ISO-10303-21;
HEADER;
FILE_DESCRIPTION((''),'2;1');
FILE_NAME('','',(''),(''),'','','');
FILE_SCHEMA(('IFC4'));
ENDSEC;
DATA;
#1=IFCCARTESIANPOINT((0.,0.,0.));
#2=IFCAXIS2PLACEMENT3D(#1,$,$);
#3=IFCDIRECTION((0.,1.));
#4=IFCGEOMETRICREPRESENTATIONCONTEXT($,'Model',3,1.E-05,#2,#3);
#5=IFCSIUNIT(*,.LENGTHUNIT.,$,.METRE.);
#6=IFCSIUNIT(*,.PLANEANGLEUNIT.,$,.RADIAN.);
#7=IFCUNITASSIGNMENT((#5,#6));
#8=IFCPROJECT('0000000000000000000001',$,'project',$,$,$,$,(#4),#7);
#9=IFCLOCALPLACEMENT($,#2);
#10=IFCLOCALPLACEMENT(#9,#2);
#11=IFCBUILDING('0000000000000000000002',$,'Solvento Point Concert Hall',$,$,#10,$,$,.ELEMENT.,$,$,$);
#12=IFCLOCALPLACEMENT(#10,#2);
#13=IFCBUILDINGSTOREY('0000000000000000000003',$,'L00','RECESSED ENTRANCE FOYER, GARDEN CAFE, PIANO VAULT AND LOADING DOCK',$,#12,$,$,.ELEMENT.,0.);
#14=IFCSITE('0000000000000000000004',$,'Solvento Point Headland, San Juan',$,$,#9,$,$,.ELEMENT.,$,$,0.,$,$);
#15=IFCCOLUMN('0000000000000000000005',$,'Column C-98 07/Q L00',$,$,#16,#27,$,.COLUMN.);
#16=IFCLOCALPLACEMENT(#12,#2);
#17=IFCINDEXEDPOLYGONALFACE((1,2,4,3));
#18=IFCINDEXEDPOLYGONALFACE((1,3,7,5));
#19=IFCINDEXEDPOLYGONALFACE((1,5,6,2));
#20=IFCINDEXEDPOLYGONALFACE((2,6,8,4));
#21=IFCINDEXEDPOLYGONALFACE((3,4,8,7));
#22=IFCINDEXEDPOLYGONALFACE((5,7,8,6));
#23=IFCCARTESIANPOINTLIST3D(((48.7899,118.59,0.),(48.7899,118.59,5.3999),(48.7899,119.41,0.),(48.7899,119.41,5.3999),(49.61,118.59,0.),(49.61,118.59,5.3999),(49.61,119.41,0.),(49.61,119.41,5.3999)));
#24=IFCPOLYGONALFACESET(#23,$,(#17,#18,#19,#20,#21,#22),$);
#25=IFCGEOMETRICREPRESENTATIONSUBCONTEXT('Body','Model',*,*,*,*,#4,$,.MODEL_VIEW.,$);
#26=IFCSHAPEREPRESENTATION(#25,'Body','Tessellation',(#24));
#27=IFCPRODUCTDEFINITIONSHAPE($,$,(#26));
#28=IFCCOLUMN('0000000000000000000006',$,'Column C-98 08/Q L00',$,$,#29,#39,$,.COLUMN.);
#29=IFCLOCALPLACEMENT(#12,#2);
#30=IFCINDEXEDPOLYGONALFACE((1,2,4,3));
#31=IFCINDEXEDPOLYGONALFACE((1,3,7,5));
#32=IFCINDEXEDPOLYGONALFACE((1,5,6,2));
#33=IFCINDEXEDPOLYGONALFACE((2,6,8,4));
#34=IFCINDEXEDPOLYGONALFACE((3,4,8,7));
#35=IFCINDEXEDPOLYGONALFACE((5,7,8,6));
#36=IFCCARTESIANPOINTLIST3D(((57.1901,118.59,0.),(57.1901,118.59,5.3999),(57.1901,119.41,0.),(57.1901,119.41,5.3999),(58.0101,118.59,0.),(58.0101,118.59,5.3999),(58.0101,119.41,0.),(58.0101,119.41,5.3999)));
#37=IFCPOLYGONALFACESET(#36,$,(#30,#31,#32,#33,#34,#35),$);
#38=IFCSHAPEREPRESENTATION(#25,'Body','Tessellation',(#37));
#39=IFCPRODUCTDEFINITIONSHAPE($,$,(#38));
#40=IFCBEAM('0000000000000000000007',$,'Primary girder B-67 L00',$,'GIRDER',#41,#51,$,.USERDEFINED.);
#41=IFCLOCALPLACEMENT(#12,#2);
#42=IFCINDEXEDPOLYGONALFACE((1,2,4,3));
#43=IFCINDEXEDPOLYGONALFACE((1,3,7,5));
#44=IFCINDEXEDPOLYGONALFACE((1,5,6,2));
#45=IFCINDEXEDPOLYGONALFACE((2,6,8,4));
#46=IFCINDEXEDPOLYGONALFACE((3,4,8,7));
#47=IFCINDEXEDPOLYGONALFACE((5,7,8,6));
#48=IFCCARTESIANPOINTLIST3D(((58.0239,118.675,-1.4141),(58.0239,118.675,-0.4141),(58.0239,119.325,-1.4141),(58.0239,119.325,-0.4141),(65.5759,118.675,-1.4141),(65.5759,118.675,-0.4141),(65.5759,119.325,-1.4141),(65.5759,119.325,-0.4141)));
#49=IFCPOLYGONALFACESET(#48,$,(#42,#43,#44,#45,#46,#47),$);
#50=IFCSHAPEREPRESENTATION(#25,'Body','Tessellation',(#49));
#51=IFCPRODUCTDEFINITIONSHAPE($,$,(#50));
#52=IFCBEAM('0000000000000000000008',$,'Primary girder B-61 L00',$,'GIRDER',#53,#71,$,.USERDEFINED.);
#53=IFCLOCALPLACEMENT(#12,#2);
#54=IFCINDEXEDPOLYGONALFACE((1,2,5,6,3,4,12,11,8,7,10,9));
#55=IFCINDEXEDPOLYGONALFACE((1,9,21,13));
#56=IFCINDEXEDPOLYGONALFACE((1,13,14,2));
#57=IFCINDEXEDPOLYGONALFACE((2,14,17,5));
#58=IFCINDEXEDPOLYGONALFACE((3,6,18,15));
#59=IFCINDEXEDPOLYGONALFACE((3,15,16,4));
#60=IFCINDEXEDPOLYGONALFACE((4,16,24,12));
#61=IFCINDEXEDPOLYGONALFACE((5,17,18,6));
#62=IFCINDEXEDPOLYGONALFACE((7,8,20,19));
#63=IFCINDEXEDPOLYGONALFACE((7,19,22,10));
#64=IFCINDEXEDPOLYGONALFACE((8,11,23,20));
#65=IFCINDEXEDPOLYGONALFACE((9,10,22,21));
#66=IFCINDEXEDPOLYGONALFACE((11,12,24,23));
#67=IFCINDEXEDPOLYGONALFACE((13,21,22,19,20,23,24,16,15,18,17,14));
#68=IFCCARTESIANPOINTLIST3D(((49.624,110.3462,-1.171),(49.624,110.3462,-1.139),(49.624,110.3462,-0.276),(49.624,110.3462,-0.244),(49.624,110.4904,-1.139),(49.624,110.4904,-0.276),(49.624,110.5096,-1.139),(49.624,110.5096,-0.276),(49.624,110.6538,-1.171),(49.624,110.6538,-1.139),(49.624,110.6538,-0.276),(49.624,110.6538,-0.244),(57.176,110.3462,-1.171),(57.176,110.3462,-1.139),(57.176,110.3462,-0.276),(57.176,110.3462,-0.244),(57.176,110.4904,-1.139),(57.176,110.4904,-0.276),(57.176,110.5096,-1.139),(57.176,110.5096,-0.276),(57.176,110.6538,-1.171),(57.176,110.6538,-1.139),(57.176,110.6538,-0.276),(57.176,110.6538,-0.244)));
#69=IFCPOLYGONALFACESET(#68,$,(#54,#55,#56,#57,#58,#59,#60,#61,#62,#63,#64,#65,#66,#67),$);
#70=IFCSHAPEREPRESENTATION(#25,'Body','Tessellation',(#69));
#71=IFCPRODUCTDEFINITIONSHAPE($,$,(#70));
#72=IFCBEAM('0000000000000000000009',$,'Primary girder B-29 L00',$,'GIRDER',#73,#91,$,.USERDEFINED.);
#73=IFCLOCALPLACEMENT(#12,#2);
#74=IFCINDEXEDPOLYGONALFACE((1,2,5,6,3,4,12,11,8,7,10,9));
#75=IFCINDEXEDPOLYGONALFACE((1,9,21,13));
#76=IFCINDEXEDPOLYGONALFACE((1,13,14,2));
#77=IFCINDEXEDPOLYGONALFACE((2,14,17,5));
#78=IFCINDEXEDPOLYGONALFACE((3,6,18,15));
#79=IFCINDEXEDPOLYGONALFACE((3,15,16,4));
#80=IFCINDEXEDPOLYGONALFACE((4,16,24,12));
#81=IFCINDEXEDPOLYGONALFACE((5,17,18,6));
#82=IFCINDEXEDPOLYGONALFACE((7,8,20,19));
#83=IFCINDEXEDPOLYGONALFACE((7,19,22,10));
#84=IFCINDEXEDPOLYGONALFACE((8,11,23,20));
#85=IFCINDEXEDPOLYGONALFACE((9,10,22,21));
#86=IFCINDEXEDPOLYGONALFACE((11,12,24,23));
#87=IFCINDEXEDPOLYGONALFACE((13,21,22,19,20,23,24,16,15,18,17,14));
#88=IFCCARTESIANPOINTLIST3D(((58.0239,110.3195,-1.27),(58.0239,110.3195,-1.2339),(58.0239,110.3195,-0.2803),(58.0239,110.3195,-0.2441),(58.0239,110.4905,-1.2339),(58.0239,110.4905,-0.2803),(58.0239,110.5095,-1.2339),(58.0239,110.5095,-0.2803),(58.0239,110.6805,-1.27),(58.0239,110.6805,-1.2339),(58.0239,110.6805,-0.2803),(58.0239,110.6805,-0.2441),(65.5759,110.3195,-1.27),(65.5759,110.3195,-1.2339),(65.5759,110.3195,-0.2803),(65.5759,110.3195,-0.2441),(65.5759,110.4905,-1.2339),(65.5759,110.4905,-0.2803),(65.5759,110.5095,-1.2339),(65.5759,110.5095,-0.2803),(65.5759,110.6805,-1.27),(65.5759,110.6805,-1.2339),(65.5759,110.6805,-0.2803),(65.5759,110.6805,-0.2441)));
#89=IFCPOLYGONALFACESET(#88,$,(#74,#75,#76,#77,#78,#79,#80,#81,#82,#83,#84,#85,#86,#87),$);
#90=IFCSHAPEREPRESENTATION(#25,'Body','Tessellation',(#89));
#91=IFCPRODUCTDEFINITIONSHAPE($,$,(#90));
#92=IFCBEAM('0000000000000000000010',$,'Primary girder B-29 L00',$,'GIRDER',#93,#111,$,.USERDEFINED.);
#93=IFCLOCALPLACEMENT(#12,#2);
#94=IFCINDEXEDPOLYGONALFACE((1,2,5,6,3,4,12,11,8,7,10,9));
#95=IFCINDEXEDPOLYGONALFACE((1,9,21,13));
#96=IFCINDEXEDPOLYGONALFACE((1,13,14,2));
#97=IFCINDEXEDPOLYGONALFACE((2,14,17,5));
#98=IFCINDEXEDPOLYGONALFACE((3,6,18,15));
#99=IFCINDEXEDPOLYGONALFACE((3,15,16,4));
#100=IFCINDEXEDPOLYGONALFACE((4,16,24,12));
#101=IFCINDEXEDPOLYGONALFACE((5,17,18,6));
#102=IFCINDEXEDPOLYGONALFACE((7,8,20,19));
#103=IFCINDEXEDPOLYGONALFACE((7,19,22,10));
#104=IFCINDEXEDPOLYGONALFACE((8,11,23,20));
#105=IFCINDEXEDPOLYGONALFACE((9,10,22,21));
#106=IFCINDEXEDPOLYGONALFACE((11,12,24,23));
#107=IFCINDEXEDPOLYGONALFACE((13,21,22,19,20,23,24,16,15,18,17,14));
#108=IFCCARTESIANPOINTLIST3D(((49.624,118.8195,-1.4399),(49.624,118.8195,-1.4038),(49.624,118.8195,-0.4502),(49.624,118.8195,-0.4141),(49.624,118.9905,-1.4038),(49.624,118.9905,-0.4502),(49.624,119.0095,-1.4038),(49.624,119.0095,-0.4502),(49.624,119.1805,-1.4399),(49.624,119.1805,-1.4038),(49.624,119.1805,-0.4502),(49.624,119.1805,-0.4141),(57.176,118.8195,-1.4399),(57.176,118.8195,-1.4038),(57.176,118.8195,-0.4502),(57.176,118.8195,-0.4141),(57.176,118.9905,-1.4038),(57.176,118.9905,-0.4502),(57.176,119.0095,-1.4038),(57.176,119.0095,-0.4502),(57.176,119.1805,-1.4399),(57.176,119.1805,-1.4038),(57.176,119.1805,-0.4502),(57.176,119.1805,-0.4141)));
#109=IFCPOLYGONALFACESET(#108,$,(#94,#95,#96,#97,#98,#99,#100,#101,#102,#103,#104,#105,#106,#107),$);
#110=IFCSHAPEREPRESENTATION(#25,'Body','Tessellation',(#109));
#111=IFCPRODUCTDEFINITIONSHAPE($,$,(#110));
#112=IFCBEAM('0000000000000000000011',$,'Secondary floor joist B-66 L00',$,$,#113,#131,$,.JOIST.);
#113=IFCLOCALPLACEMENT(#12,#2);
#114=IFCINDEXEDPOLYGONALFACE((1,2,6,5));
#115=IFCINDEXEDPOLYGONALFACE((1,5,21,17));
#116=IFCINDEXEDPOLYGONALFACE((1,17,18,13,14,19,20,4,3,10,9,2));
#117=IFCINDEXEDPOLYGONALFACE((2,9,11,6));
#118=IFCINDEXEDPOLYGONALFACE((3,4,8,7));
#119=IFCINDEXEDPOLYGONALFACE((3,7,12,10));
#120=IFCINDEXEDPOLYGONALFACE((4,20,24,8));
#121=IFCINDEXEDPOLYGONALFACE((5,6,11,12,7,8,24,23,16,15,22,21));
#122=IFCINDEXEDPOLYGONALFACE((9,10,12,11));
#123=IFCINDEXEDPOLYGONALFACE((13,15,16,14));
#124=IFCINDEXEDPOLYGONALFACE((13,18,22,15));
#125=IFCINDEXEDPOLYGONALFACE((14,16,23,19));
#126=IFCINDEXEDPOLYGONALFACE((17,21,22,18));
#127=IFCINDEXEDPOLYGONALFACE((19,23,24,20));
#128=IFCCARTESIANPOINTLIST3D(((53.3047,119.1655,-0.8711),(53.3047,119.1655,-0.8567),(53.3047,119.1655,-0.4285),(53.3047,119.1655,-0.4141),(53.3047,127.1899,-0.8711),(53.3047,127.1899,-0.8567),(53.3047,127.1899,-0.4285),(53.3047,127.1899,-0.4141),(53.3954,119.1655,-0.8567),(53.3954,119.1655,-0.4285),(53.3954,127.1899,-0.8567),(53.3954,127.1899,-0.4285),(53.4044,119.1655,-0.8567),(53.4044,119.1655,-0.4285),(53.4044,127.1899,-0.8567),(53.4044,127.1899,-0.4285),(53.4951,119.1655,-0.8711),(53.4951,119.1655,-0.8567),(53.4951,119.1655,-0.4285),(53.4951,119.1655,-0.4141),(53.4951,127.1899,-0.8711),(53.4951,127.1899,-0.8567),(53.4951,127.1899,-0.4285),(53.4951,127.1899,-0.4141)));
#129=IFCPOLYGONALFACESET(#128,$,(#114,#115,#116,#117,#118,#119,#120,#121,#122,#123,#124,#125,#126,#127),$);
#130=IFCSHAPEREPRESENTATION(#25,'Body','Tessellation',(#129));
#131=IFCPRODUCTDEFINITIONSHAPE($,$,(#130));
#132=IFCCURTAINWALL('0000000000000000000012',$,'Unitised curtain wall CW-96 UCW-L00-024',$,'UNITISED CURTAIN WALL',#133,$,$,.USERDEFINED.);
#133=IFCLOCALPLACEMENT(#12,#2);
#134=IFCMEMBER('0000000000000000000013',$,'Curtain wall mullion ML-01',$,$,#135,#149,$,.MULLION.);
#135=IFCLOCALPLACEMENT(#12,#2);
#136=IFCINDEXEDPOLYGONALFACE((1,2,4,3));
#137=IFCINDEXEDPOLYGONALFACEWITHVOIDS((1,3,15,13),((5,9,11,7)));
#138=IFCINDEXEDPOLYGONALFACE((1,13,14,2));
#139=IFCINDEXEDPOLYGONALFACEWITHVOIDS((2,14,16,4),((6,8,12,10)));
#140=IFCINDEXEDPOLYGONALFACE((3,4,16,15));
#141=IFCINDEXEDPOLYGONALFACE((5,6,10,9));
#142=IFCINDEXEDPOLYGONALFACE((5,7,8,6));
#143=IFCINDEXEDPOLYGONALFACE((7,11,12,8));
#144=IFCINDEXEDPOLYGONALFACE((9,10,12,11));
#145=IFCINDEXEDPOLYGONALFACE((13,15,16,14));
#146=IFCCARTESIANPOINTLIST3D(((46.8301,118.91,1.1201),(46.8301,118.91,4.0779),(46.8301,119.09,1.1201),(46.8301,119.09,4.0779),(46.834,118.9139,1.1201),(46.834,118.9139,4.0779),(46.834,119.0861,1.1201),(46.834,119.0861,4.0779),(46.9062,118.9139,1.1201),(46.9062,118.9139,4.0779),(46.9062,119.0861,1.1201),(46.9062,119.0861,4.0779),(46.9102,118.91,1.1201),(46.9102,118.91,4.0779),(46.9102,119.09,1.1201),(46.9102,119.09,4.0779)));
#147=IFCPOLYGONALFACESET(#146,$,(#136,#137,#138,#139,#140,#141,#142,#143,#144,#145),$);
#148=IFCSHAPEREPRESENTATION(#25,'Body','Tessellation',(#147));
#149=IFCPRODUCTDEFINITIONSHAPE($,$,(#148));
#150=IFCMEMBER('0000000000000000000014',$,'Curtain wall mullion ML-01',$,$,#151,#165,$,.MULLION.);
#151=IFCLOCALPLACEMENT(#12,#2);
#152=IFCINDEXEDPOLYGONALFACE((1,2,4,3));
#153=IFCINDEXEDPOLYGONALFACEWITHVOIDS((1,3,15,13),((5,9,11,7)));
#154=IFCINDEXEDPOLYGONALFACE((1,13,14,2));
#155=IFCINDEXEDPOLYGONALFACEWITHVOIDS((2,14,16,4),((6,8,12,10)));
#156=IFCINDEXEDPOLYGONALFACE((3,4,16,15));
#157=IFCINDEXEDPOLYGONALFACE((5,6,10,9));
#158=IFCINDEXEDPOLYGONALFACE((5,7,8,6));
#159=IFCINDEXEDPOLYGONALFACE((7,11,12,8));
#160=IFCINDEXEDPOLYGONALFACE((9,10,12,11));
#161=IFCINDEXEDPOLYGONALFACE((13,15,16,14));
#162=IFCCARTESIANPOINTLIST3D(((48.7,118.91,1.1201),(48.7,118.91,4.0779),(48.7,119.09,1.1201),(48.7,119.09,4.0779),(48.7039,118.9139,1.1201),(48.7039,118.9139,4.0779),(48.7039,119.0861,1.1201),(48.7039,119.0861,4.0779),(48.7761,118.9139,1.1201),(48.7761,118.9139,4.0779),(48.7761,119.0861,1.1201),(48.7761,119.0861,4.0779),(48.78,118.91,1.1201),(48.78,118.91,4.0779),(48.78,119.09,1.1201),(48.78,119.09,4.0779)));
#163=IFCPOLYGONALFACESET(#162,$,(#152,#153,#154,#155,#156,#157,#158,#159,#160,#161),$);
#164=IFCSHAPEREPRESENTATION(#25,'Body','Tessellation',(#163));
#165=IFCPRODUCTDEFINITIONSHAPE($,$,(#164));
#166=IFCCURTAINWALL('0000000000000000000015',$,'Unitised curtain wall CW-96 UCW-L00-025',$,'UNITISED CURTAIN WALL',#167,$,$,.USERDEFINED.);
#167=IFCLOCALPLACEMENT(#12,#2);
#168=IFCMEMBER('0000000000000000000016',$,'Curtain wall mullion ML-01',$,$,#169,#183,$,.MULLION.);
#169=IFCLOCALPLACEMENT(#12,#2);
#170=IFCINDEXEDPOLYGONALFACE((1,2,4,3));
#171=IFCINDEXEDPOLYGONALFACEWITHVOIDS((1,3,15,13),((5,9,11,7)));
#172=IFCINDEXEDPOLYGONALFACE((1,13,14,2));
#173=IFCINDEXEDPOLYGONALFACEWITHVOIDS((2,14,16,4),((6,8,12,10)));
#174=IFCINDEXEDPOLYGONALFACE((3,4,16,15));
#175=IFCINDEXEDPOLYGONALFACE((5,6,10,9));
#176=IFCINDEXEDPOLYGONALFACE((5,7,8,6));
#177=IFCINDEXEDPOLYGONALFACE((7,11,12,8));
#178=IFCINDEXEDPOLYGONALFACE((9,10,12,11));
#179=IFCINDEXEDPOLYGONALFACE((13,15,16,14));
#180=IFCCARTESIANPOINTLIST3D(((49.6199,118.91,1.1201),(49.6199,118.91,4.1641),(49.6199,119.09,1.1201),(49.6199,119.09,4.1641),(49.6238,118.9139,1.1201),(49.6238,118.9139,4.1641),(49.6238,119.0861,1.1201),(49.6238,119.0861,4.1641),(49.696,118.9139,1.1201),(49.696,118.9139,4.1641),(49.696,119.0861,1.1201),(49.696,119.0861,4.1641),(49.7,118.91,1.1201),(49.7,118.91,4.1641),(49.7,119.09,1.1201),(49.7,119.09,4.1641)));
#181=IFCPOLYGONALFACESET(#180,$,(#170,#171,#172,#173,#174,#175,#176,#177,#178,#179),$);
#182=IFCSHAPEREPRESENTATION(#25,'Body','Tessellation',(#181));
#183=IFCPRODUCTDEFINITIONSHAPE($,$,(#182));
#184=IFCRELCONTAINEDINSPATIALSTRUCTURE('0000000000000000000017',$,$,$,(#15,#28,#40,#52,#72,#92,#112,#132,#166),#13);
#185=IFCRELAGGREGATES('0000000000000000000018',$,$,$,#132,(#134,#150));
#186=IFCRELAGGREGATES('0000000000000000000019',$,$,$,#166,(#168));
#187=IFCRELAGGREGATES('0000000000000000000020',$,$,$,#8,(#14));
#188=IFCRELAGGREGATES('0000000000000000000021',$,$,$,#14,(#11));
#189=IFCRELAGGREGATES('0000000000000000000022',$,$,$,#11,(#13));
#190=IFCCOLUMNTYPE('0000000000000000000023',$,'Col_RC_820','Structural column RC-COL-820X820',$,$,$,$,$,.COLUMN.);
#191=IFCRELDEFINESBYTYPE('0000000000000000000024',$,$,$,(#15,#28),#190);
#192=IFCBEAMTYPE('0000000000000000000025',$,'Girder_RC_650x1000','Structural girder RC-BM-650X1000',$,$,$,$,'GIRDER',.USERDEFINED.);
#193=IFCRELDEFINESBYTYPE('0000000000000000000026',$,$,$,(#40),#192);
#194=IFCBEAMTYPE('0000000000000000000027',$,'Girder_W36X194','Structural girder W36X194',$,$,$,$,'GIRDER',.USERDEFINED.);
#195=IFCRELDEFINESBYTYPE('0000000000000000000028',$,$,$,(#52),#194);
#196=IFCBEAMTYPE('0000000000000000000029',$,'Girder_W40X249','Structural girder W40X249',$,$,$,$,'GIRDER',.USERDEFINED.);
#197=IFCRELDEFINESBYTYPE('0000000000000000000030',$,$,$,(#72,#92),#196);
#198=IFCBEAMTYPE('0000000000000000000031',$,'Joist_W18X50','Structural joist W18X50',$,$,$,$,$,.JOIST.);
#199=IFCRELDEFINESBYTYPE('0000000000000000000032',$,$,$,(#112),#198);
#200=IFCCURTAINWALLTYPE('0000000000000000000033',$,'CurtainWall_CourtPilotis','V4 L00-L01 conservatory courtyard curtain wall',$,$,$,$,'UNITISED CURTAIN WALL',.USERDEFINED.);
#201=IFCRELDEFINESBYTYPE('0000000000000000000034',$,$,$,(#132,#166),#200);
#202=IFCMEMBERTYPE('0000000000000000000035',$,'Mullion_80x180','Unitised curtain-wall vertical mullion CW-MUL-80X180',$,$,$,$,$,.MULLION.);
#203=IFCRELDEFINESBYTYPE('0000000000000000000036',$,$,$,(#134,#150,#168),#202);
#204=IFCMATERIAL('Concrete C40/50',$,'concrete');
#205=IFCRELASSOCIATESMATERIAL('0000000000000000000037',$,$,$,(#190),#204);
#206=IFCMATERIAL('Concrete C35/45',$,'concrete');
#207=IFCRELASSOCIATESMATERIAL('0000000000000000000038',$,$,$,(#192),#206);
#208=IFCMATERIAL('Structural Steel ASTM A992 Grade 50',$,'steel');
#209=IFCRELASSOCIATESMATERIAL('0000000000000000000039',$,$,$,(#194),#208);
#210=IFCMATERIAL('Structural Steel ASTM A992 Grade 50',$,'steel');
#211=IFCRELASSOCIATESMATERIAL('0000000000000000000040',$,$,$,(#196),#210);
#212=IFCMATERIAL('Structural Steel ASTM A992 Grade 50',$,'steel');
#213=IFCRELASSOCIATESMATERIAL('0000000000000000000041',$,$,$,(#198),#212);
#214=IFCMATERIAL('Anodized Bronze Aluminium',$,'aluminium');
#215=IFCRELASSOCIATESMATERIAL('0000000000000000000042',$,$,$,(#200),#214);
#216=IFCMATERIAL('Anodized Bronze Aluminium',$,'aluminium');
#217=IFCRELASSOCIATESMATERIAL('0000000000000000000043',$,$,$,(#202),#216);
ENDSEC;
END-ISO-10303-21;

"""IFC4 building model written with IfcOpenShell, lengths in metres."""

from ifc_helpers import new_model, si_unit, direction, frame, origin, origin_2d, place, context, subcontext, project, spatial, rectangle, hollow_rectangle, i_section, extrude, material, material_profile, profile_set, type_object, element, aggregate, save


model = new_model("IFC4")

# Units and contexts
model_context = context("Model", 3, precision=1e-05, world=origin(), true_north=direction((0.0, 1.0)))
body_context = subcontext(model_context, "Body", "Model", "MODEL_VIEW")
ifc_project = project(units=[si_unit("LENGTHUNIT", "METRE"), si_unit("PLANEANGLEUNIT", "RADIAN")], contexts=[model_context])

# Site, building, storey
site_placement = place(None, origin())
site = spatial("IfcSite", under=ifc_project, at=site_placement, Name="Solvento Point Headland, San Juan", CompositionType="ELEMENT", RefElevation=0.0)
building_placement = place(site_placement, origin())
building = spatial("IfcBuilding", under=site, at=building_placement, Name="Solvento Point Concert Hall", CompositionType="ELEMENT")
storey_placement = place(building_placement, origin())
storey = spatial("IfcBuildingStorey", under=building, at=storey_placement, Name="L00", Description="RECESSED ENTRANCE FOYER, GARDEN CAFE, PIANO VAULT AND LOADING DOCK", CompositionType="ELEMENT", Elevation=0.0)

# Columns
ifc_material_1 = material(Name="Concrete C40/50", Category="concrete")
ifc_material_profile_1 = material_profile(ifc_material_1, rectangle(XDim=0.8201, YDim=0.8201, at=origin_2d()), Name="RC-COL-820X820")
ifc_profile_set_1 = profile_set([ifc_material_profile_1], Name="Concrete C40/50")
column_type = type_object("IfcColumnType", Name="Col_RC_820", Description="Structural column RC-COL-820X820", PredefinedType="COLUMN", material=ifc_profile_set_1)
for number, where, z_axis, x_axis, name in (
    (1, (49.2, 119.0, 0.0), (0.0, 0.0, 1.0), (1.0, 0.0, 0.0), "Column C-98 07/Q L00"),
    (2, (57.6001, 119.0, 0.0), (0.0, 0.0, 1.0), (1.0, 0.0, 0.0), "Column C-98 08/Q L00"),
):
    element("IfcColumn", number, at=place(storey_placement, frame(where, z_axis=z_axis, x_axis=x_axis)), inside=storey, type_object=column_type, Name=name, PredefinedType="COLUMN", context=body_context, shape_type="SweptSolid", body=[
        extrude(rectangle(XDim=0.8201, YDim=0.8201, at=origin_2d()), origin(), (0.0, 0.0, 1.0), 5.3999),
    ])

# Beams
ifc_material_2 = material(Name="Concrete C35/45", Category="concrete")
ifc_material_profile_2 = material_profile(ifc_material_2, rectangle(XDim=0.6499, YDim=1.0, at=origin_2d()), Name="RC-BM-650X1000")
ifc_profile_set_2 = profile_set([ifc_material_profile_2], Name="Concrete C35/45")
beam_type_1 = type_object("IfcBeamType", Name="Girder_RC_650x1000", Description="Structural girder RC-BM-650X1000", ElementType="GIRDER", PredefinedType="USERDEFINED", material=ifc_profile_set_2)
beam_1_placement = place(storey_placement, frame((58.0239, 119.0, -0.9141), z_axis=(1.0, 0.0, 0.0), x_axis=(0.0, 1.0, 0.0)))
element("IfcBeam", 3, at=beam_1_placement, inside=storey, type_object=beam_type_1, Name="Primary girder B-67 L00", ObjectType="GIRDER", PredefinedType="USERDEFINED", context=body_context, shape_type="SweptSolid", body=[
    extrude(rectangle(XDim=0.6499, YDim=1.0, at=origin_2d()), origin(), (0.0, 0.0, 1.0), 7.552),
])
ifc_material_3 = material(Name="Structural Steel ASTM A992 Grade 50", Category="steel")
ifc_material_profile_3 = material_profile(ifc_material_3, i_section(OverallWidth=0.3076, OverallDepth=0.927, WebThickness=0.0193, FlangeThickness=0.032, at=origin_2d()), Name="W36X194")
ifc_profile_set_3 = profile_set([ifc_material_profile_3], Name="Structural Steel ASTM A992 Grade 50")
beam_type_2 = type_object("IfcBeamType", Name="Girder_W36X194", Description="Structural girder W36X194", ElementType="GIRDER", PredefinedType="USERDEFINED", material=ifc_profile_set_3)
beam_2_placement = place(storey_placement, frame((49.624, 110.5, -0.7075), z_axis=(1.0, 0.0, 0.0), x_axis=(0.0, 1.0, 0.0)))
element("IfcBeam", 4, at=beam_2_placement, inside=storey, type_object=beam_type_2, Name="Primary girder B-61 L00", ObjectType="GIRDER", PredefinedType="USERDEFINED", context=body_context, shape_type="SweptSolid", body=[
    extrude(i_section(OverallWidth=0.3076, OverallDepth=0.927, WebThickness=0.0193, FlangeThickness=0.032, at=origin_2d()), origin(), (0.0, 0.0, 1.0), 7.552),
])
ifc_material_4 = material(Name="Structural Steel ASTM A992 Grade 50", Category="steel")
ifc_material_profile_4 = material_profile(ifc_material_4, i_section(OverallWidth=0.3611, OverallDepth=1.0259, WebThickness=0.019, FlangeThickness=0.0361, at=origin_2d()), Name="W40X249")
ifc_profile_set_4 = profile_set([ifc_material_profile_4], Name="Structural Steel ASTM A992 Grade 50")
beam_type_3 = type_object("IfcBeamType", Name="Girder_W40X249", Description="Structural girder W40X249", ElementType="GIRDER", PredefinedType="USERDEFINED", material=ifc_profile_set_4)
for number, where, z_axis, x_axis, name in (
    (5, (58.0239, 110.5, -0.7571), (1.0, 0.0, 0.0), (0.0, 1.0, 0.0), "Primary girder B-29 L00"),
    (6, (49.624, 119.0, -0.927), (1.0, 0.0, 0.0), (0.0, 1.0, 0.0), "Primary girder B-29 L00"),
):
    element("IfcBeam", number, at=place(storey_placement, frame(where, z_axis=z_axis, x_axis=x_axis)), inside=storey, type_object=beam_type_3, Name=name, ObjectType="GIRDER", PredefinedType="USERDEFINED", context=body_context, shape_type="SweptSolid", body=[
        extrude(i_section(OverallWidth=0.3611, OverallDepth=1.0259, WebThickness=0.019, FlangeThickness=0.0361, at=origin_2d()), origin(), (0.0, 0.0, 1.0), 7.552),
    ])
ifc_material_5 = material(Name="Structural Steel ASTM A992 Grade 50", Category="steel")
ifc_material_profile_5 = material_profile(ifc_material_5, i_section(OverallWidth=0.1904, OverallDepth=0.457, WebThickness=0.009, FlangeThickness=0.0144, at=origin_2d()), Name="W18X50")
ifc_profile_set_5 = profile_set([ifc_material_profile_5], Name="Structural Steel ASTM A992 Grade 50")
beam_type_4 = type_object("IfcBeamType", Name="Joist_W18X50", Description="Structural joist W18X50", PredefinedType="JOIST", material=ifc_profile_set_5)
beam_3_placement = place(storey_placement, frame((53.3999, 119.1655, -0.6426), z_axis=(0.0, 1.0, 0.0), x_axis=(-1.0, 0.0, 0.0)))
element("IfcBeam", 7, at=beam_3_placement, inside=storey, type_object=beam_type_4, Name="Secondary floor joist B-66 L00", PredefinedType="JOIST", context=body_context, shape_type="SweptSolid", body=[
    extrude(i_section(OverallWidth=0.1904, OverallDepth=0.457, WebThickness=0.009, FlangeThickness=0.0144, at=origin_2d()), origin(), (0.0, 0.0, 1.0), 8.0244),
])

# Curtain walls, members
ifc_material_6 = material(Name="Anodized Bronze Aluminium", Category="aluminium")
curtain_wall_type = type_object("IfcCurtainWallType", Name="CurtainWall_CourtPilotis", Description="V4 L00-L01 conservatory courtyard curtain wall", ElementType="UNITISED CURTAIN WALL", PredefinedType="USERDEFINED", material=ifc_material_6)
curtain_wall_1_placement = place(storey_placement, origin())
curtain_wall_1 = element("IfcCurtainWall", 8, at=curtain_wall_1_placement, inside=storey, type_object=curtain_wall_type, Name="Unitised curtain wall CW-96 UCW-L00-024", ObjectType="UNITISED CURTAIN WALL", PredefinedType="USERDEFINED")
ifc_material_7 = material(Name="Anodized Bronze Aluminium", Category="aluminium")
ifc_material_profile_6 = material_profile(ifc_material_7, hollow_rectangle(XDim=0.0801, YDim=0.1799, WallThickness=0.0039, at=origin_2d()), Name="CW-MUL-80X180")
ifc_profile_set_6 = profile_set([ifc_material_profile_6], Name="Anodized Bronze Aluminium")
member_type_1 = type_object("IfcMemberType", Name="Mullion_80x180", Description="Unitised curtain-wall vertical mullion CW-MUL-80X180", PredefinedType="MULLION", material=ifc_profile_set_6)
member_1_placement = place(storey_placement, frame((46.8701, 119.0, 1.1201), z_axis=(0.0, 0.0, 1.0), x_axis=(1.0, 0.0, 0.0)))
member_1 = element("IfcMember", 9, at=member_1_placement, type_object=member_type_1, Name="Curtain wall mullion ML-01", PredefinedType="MULLION", context=body_context, shape_type="SweptSolid", body=[
    extrude(hollow_rectangle(XDim=0.0801, YDim=0.1799, WallThickness=0.0039, at=origin_2d()), origin(), (0.0, 0.0, 1.0), 2.9578),
])
member_2_placement = place(storey_placement, frame((48.74, 119.0, 1.1201), z_axis=(0.0, 0.0, 1.0), x_axis=(1.0, 0.0, 0.0)))
member_2 = element("IfcMember", 10, at=member_2_placement, type_object=member_type_1, Name="Curtain wall mullion ML-01", PredefinedType="MULLION", context=body_context, shape_type="SweptSolid", body=[
    extrude(hollow_rectangle(XDim=0.0801, YDim=0.1799, WallThickness=0.0039, at=origin_2d()), origin(), (0.0, 0.0, 1.0), 2.9578),
])
curtain_wall_2_placement = place(storey_placement, origin())
curtain_wall_2 = element("IfcCurtainWall", 11, at=curtain_wall_2_placement, inside=storey, type_object=curtain_wall_type, Name="Unitised curtain wall CW-96 UCW-L00-025", ObjectType="UNITISED CURTAIN WALL", PredefinedType="USERDEFINED")
member_3_placement = place(storey_placement, frame((49.6599, 119.0, 1.1201), z_axis=(0.0, 0.0, 1.0), x_axis=(1.0, 0.0, 0.0)))
member_3 = element("IfcMember", 12, at=member_3_placement, type_object=member_type_1, Name="Curtain wall mullion ML-01", PredefinedType="MULLION", context=body_context, shape_type="SweptSolid", body=[
    extrude(hollow_rectangle(XDim=0.0801, YDim=0.1799, WallThickness=0.0039, at=origin_2d()), origin(), (0.0, 0.0, 1.0), 3.0439),
])

aggregate(curtain_wall_1, [member_1, member_2])
aggregate(curtain_wall_2, [member_3])

save(model, "model.ifc")
